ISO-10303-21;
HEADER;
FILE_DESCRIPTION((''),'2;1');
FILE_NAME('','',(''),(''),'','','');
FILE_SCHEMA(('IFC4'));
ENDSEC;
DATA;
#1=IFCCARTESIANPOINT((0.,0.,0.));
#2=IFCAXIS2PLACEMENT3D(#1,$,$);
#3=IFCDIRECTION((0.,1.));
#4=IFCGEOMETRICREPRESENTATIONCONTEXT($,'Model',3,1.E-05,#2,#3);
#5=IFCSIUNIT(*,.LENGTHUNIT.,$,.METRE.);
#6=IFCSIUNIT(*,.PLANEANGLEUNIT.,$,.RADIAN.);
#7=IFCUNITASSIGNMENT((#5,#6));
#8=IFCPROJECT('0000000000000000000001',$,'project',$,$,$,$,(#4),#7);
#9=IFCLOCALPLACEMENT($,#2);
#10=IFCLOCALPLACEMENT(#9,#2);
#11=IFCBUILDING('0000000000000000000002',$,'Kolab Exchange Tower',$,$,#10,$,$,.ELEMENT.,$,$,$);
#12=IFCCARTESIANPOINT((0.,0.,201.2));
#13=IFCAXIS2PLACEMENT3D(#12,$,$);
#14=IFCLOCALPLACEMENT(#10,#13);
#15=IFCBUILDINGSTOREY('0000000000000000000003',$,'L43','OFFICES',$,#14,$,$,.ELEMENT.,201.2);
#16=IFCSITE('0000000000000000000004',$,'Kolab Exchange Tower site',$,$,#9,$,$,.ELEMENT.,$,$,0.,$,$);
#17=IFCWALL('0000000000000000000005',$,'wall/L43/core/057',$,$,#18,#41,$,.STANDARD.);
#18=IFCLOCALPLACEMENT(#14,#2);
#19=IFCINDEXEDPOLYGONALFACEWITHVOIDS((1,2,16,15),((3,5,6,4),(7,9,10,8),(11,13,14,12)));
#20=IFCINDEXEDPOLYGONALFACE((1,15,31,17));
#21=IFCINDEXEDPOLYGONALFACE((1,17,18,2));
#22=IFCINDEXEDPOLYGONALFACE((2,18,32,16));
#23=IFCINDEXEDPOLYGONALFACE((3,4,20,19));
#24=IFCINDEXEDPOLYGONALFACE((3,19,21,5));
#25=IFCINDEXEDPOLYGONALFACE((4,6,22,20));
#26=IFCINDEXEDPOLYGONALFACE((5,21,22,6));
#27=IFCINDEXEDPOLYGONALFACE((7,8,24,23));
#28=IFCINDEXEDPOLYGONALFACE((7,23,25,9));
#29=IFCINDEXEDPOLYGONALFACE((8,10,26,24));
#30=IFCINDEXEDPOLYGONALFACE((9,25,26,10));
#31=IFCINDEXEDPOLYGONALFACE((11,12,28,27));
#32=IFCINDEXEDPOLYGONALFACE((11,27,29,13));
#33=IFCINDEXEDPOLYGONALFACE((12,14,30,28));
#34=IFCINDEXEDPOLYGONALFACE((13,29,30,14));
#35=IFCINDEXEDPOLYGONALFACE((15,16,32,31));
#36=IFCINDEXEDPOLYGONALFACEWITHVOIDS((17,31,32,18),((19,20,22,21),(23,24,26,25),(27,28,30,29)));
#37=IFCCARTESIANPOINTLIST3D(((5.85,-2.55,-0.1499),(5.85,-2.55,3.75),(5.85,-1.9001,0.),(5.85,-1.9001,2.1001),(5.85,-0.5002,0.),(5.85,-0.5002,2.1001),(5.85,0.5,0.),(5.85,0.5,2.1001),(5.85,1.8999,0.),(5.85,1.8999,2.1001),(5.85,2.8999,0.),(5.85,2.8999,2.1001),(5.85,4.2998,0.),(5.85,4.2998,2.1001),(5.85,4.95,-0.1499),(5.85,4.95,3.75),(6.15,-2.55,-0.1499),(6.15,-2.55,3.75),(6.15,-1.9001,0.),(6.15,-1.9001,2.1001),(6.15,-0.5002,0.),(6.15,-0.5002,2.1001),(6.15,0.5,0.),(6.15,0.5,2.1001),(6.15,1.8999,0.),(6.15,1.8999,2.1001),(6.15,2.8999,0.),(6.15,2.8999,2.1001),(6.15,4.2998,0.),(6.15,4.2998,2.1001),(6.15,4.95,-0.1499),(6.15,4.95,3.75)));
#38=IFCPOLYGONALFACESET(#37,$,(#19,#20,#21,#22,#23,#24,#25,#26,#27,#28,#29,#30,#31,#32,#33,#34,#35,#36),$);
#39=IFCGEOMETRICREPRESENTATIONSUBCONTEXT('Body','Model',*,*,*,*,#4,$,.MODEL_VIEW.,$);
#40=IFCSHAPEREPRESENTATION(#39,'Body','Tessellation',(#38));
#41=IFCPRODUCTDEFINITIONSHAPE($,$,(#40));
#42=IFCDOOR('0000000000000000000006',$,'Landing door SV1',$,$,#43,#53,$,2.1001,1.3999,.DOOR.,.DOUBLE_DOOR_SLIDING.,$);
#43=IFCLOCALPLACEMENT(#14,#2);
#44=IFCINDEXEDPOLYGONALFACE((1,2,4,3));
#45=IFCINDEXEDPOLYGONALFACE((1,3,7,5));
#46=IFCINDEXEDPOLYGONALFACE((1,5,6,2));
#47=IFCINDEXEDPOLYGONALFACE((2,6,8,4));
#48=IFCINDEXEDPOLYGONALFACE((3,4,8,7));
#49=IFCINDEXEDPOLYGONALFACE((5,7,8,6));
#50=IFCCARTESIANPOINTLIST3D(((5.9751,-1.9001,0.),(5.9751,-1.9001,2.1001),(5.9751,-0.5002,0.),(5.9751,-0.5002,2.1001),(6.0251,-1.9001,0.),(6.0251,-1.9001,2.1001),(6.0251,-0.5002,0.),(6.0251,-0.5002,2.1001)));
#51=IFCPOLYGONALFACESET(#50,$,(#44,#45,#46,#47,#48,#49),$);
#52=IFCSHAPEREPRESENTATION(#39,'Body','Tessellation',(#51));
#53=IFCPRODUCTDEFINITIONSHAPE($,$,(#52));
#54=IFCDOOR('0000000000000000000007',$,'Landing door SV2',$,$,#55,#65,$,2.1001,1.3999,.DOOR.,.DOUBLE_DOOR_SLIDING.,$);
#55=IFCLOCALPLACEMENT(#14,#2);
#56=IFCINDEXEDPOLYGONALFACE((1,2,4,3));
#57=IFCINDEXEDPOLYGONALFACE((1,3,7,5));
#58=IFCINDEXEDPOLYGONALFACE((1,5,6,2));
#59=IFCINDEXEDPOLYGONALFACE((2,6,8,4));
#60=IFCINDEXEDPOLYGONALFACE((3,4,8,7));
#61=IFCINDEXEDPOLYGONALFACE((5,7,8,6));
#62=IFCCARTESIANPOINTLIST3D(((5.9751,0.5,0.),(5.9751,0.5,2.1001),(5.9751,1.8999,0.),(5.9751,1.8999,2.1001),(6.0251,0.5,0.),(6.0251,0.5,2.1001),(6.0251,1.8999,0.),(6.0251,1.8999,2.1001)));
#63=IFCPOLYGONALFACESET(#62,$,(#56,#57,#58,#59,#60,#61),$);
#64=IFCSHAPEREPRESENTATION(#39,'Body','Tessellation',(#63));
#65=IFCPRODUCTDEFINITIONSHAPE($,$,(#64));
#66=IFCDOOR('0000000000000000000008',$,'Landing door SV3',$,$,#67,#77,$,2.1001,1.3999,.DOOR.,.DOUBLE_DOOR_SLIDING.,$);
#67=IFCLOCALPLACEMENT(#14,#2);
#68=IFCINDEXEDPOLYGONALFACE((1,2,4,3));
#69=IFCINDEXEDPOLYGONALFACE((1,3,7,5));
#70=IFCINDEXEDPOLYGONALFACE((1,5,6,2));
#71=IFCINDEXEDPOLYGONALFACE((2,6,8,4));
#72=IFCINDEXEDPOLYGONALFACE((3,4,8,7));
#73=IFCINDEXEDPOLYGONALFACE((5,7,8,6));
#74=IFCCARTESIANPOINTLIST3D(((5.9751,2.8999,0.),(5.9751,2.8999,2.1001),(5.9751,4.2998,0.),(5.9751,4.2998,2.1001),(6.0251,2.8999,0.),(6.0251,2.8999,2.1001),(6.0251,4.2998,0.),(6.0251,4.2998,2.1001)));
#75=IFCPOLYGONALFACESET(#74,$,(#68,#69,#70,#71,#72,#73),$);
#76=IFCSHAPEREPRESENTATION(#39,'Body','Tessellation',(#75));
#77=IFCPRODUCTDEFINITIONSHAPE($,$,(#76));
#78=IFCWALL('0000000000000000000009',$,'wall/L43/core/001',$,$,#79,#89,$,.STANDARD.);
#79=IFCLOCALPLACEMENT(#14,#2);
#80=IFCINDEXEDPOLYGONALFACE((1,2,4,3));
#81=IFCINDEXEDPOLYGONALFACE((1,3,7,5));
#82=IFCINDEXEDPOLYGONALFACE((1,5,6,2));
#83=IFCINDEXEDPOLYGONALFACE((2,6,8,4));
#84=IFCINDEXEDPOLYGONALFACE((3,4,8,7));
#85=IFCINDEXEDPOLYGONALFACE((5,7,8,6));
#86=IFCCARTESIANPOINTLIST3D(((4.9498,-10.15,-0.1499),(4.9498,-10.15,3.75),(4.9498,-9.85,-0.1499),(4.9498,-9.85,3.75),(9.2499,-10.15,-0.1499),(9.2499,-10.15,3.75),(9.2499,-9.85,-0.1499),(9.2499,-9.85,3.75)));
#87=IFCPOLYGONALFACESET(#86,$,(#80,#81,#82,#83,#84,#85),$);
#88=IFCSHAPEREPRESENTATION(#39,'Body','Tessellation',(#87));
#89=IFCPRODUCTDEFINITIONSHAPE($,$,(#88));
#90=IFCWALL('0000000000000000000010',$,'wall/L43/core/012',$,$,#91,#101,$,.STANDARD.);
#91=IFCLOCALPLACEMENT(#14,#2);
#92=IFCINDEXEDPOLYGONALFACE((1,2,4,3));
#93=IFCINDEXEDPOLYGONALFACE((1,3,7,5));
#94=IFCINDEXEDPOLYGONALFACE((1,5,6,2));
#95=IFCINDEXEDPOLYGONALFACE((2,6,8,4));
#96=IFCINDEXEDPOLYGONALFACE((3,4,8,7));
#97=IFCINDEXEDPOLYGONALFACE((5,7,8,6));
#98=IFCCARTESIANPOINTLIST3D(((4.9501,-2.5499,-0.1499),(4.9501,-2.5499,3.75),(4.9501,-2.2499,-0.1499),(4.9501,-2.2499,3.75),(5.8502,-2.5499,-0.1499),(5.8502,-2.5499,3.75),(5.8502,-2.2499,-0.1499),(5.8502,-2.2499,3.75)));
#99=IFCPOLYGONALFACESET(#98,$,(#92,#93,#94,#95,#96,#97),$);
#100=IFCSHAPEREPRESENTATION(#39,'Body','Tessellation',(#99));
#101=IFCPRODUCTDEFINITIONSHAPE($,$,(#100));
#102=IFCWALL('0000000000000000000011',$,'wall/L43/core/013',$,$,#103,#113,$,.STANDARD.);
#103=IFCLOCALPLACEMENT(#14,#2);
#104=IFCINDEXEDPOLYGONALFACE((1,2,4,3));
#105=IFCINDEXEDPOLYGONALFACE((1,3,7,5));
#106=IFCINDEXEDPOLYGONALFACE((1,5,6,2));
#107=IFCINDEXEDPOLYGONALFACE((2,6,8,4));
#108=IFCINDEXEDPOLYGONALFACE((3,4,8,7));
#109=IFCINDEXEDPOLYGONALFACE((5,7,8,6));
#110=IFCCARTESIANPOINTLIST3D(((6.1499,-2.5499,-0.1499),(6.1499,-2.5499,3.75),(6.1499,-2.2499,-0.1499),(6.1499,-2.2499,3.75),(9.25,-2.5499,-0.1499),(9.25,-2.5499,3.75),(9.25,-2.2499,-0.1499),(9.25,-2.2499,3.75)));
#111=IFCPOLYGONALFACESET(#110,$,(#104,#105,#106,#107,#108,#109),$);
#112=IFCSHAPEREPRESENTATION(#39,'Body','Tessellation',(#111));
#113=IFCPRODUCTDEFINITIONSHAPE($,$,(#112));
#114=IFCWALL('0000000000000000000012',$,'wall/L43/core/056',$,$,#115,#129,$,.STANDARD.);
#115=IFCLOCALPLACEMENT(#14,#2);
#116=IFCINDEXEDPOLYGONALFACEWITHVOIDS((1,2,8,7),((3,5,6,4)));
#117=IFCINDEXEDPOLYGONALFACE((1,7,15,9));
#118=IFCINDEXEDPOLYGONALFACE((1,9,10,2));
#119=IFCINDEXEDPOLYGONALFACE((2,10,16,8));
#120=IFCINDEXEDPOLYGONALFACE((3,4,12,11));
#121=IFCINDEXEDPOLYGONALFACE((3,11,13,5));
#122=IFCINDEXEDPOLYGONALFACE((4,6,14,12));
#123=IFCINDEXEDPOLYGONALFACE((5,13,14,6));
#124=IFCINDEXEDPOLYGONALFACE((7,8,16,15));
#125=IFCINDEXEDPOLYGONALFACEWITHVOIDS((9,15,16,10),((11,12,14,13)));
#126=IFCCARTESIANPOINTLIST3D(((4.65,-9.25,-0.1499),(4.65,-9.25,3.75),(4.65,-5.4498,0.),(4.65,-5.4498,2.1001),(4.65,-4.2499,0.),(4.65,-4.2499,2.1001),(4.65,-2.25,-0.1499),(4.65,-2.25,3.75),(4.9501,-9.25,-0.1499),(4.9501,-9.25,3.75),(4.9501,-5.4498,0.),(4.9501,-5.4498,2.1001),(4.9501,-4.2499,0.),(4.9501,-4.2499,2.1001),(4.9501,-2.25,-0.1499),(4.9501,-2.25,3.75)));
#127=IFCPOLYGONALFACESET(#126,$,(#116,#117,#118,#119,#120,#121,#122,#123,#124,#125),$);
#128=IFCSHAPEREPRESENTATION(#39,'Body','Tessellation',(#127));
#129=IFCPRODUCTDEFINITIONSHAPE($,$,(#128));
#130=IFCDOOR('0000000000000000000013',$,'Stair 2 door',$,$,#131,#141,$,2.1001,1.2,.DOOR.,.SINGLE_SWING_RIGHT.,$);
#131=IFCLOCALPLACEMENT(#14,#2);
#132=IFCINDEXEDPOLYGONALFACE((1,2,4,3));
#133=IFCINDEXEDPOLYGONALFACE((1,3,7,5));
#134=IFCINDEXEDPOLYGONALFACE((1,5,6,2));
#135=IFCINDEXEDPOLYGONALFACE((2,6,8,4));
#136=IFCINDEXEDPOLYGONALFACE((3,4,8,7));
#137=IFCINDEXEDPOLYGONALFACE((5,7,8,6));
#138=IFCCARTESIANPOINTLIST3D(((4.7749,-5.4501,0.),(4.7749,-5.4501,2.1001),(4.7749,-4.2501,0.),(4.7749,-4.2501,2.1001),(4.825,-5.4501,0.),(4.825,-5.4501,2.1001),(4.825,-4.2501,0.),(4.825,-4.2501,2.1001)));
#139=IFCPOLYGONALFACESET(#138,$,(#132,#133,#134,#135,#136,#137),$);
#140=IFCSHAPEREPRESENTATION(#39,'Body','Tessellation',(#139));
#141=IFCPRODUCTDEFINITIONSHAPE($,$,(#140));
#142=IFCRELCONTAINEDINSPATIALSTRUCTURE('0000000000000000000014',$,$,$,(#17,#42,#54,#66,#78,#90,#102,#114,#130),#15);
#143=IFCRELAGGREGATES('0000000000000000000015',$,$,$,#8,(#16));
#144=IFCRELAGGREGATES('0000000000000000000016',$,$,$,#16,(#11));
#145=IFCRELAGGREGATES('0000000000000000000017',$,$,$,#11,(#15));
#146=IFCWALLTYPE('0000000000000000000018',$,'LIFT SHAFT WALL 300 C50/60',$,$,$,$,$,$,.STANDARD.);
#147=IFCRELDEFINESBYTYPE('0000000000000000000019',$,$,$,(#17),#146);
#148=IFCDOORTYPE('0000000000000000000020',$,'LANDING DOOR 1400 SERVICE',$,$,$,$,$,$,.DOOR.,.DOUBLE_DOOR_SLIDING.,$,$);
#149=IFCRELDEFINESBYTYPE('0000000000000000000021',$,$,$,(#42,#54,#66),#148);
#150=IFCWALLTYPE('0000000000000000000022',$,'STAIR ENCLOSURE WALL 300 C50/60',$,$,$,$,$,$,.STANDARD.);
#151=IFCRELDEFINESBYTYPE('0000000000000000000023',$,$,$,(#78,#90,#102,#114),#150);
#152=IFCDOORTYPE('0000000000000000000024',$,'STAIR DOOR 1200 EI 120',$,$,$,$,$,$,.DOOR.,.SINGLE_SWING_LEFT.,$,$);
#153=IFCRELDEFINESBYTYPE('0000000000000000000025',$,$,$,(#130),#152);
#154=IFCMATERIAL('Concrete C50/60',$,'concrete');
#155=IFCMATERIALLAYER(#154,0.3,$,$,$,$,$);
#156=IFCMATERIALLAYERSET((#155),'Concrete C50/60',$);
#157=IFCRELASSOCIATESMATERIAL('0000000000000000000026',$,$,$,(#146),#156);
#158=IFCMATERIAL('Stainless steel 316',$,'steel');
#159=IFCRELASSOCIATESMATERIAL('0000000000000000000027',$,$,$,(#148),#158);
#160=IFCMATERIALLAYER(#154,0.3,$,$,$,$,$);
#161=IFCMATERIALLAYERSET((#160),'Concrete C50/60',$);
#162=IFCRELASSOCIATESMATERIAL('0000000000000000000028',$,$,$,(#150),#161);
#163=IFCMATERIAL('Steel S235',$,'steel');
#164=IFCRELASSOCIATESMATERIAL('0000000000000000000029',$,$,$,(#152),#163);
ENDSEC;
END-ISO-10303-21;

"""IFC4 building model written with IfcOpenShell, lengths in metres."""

from ifc_helpers import new_model, si_unit, direction, frame, frame_2d, origin, place, context, subcontext, project, spatial, rectangle, extrude, material, layer, layer_set, type_object, element, fill, save


model = new_model("IFC4")

# Units and contexts
model_context = context("Model", 3, precision=1e-05, world=origin(), true_north=direction((0.0, 1.0)))
body_context = subcontext(model_context, "Body", "Model", "MODEL_VIEW")
ifc_project = project(units=[si_unit("LENGTHUNIT", "METRE"), si_unit("PLANEANGLEUNIT", "RADIAN")], contexts=[model_context])

# Site, building, storey
site_placement = place(None, origin())
site = spatial("IfcSite", under=ifc_project, at=site_placement, Name="Kolab Exchange Tower site", CompositionType="ELEMENT", RefElevation=0.0)
building_placement = place(site_placement, origin())
building = spatial("IfcBuilding", under=site, at=building_placement, Name="Kolab Exchange Tower", CompositionType="ELEMENT")
storey_placement = place(building_placement, frame((0.0, 0.0, 201.2)))
storey = spatial("IfcBuildingStorey", under=building, at=storey_placement, Name="L43", Description="OFFICES", CompositionType="ELEMENT", Elevation=201.2)

# Shared definitions
ifc_material_1 = material(Name="Concrete C50/60", Category="concrete")
ifc_layer_1 = layer(ifc_material_1, 0.3)
ifc_layer_set_1 = layer_set([ifc_layer_1], Name="Concrete C50/60")
wall_type_1 = type_object("IfcWallType", Name="LIFT SHAFT WALL 300 C50/60", PredefinedType="STANDARD", material=ifc_layer_set_1)
ifc_material_2 = material(Name="Stainless steel 316", Category="steel")

# Wall, openings, doors
wall_1_placement = place(storey_placement, frame((6.0, -2.55, -0.1499), z_axis=(0.0, 0.0, 1.0), x_axis=(0.0, 1.0, 0.0)))
wall_1 = element("IfcWall", 1, at=wall_1_placement, inside=storey, type_object=wall_type_1, Name="wall/L43/core/057", PredefinedType="STANDARD", context=body_context, shape_type="SweptSolid", body=[
    extrude(rectangle(XDim=7.5, YDim=0.3, at=frame_2d((3.75, 0.0))), origin(), (0.0, 0.0, 1.0), 3.8999),
])
opening_1_placement = place(wall_1_placement, frame((0.6499, 0.0, 0.1499)))
opening_1 = element("IfcOpeningElement", 2, at=opening_1_placement, cuts=wall_1, PredefinedType="OPENING", context=body_context, shape_type="SweptSolid", body=[
    extrude(rectangle(XDim=1.3999, YDim=2.1001, at=frame_2d((0.7, 1.05))), frame((0.0, 0.1602, 0.0), z_axis=(0.0, -1.0, 0.0), x_axis=(1.0, 0.0, 0.0)), (0.0, 0.0, 1.0), 0.3201),
])
opening_2_placement = place(wall_1_placement, frame((3.05, 0.0, 0.1499)))
opening_2 = element("IfcOpeningElement", 3, at=opening_2_placement, cuts=wall_1, PredefinedType="OPENING", context=body_context, shape_type="SweptSolid", body=[
    extrude(rectangle(XDim=1.3999, YDim=2.1001, at=frame_2d((0.7, 1.05))), frame((0.0, 0.1602, 0.0), z_axis=(0.0, -1.0, 0.0), x_axis=(1.0, 0.0, 0.0)), (0.0, 0.0, 1.0), 0.3201),
])
opening_3_placement = place(wall_1_placement, frame((5.45, 0.0, 0.1499)))
opening_3 = element("IfcOpeningElement", 4, at=opening_3_placement, cuts=wall_1, PredefinedType="OPENING", context=body_context, shape_type="SweptSolid", body=[
    extrude(rectangle(XDim=1.3999, YDim=2.1001, at=frame_2d((0.7, 1.05))), frame((0.0, 0.1602, 0.0), z_axis=(0.0, -1.0, 0.0), x_axis=(1.0, 0.0, 0.0)), (0.0, 0.0, 1.0), 0.3201),
])
door_type_1 = type_object("IfcDoorType", Name="LANDING DOOR 1400 SERVICE", OperationType="DOUBLE_DOOR_SLIDING", PredefinedType="DOOR", material=ifc_material_2)
door_1_placement = place(opening_1_placement, origin())
door_1 = element("IfcDoor", 5, at=door_1_placement, inside=storey, type_object=door_type_1, Name="Landing door SV1", OperationType="DOUBLE_DOOR_SLIDING", OverallHeight=2.1001, OverallWidth=1.3999, PredefinedType="DOOR", context=body_context, shape_type="SweptSolid", body=[
    extrude(rectangle(XDim=1.3999, YDim=2.1001, at=frame_2d((0.7, 1.05))), frame((0.0, 0.0249, 0.0), z_axis=(0.0, -1.0, 0.0), x_axis=(1.0, 0.0, 0.0)), (0.0, 0.0, 1.0), 0.05),
])
fill(opening_1, door_1)
door_2_placement = place(opening_2_placement, origin())
door_2 = element("IfcDoor", 6, at=door_2_placement, inside=storey, type_object=door_type_1, Name="Landing door SV2", OperationType="DOUBLE_DOOR_SLIDING", OverallHeight=2.1001, OverallWidth=1.3999, PredefinedType="DOOR", context=body_context, shape_type="SweptSolid", body=[
    extrude(rectangle(XDim=1.3999, YDim=2.1001, at=frame_2d((0.7, 1.05))), frame((0.0, 0.0249, 0.0), z_axis=(0.0, -1.0, 0.0), x_axis=(1.0, 0.0, 0.0)), (0.0, 0.0, 1.0), 0.05),
])
fill(opening_2, door_2)
door_3_placement = place(opening_3_placement, origin())
door_3 = element("IfcDoor", 7, at=door_3_placement, inside=storey, type_object=door_type_1, Name="Landing door SV3", OperationType="DOUBLE_DOOR_SLIDING", OverallHeight=2.1001, OverallWidth=1.3999, PredefinedType="DOOR", context=body_context, shape_type="SweptSolid", body=[
    extrude(rectangle(XDim=1.3999, YDim=2.1001, at=frame_2d((0.7, 1.05))), frame((0.0, 0.0249, 0.0), z_axis=(0.0, -1.0, 0.0), x_axis=(1.0, 0.0, 0.0)), (0.0, 0.0, 1.0), 0.05),
])
fill(opening_3, door_3)

# Walls
ifc_layer_2 = layer(ifc_material_1, 0.3)
ifc_layer_set_2 = layer_set([ifc_layer_2], Name="Concrete C50/60")
wall_type_2 = type_object("IfcWallType", Name="STAIR ENCLOSURE WALL 300 C50/60", PredefinedType="STANDARD", material=ifc_layer_set_2)
wall_2_placement = place(storey_placement, frame((4.95, -10.0, -0.1499), z_axis=(0.0, 0.0, 1.0), x_axis=(1.0, 0.0, 0.0)))
element("IfcWall", 8, at=wall_2_placement, inside=storey, type_object=wall_type_2, Name="wall/L43/core/001", PredefinedType="STANDARD", context=body_context, shape_type="SweptSolid", body=[
    extrude(rectangle(XDim=4.3, YDim=0.3, at=frame_2d((2.1499, 0.0))), origin(), (0.0, 0.0, 1.0), 3.8999),
])
wall_3_placement = place(storey_placement, frame((4.95, -2.3999, -0.1499), z_axis=(0.0, 0.0, 1.0), x_axis=(1.0, 0.0, 0.0)))
element("IfcWall", 9, at=wall_3_placement, inside=storey, type_object=wall_type_2, Name="wall/L43/core/012", PredefinedType="STANDARD", context=body_context, shape_type="SweptSolid", body=[
    extrude(rectangle(XDim=0.9001, YDim=0.3, at=frame_2d((0.4502, 0.0))), origin(), (0.0, 0.0, 1.0), 3.8999),
])
wall_4_placement = place(storey_placement, frame((6.1499, -2.3999, -0.1499), z_axis=(0.0, 0.0, 1.0), x_axis=(1.0, 0.0, 0.0)))
element("IfcWall", 10, at=wall_4_placement, inside=storey, type_object=wall_type_2, Name="wall/L43/core/013", PredefinedType="STANDARD", context=body_context, shape_type="SweptSolid", body=[
    extrude(rectangle(XDim=3.1001, YDim=0.3, at=frame_2d((1.55, 0.0))), origin(), (0.0, 0.0, 1.0), 3.8999),
])

# Wall, opening, door
wall_5_placement = place(storey_placement, frame((4.8, -9.25, -0.1499), z_axis=(0.0, 0.0, 1.0), x_axis=(0.0, 1.0, 0.0)))
wall_5 = element("IfcWall", 11, at=wall_5_placement, inside=storey, type_object=wall_type_2, Name="wall/L43/core/056", PredefinedType="STANDARD", context=body_context, shape_type="SweptSolid", body=[
    extrude(rectangle(XDim=7.0, YDim=0.3, at=frame_2d((3.5, 0.0))), origin(), (0.0, 0.0, 1.0), 3.8999),
])
opening_4_placement = place(wall_5_placement, frame((3.8, 0.0, 0.1499)))
opening_4 = element("IfcOpeningElement", 12, at=opening_4_placement, cuts=wall_5, PredefinedType="OPENING", context=body_context, shape_type="SweptSolid", body=[
    extrude(rectangle(XDim=1.2, YDim=2.1001, at=frame_2d((0.6001, 1.05))), frame((0.0, 0.1602, 0.0), z_axis=(0.0, -1.0, 0.0), x_axis=(1.0, 0.0, 0.0)), (0.0, 0.0, 1.0), 0.3201),
])
ifc_material_3 = material(Name="Steel S235", Category="steel")
door_type_2 = type_object("IfcDoorType", Name="STAIR DOOR 1200 EI 120", OperationType="SINGLE_SWING_LEFT", PredefinedType="DOOR", material=ifc_material_3)
door_4_placement = place(opening_4_placement, frame((1.2, 0.0, 0.0), z_axis=(0.0, 0.0, 1.0), x_axis=(-1.0, 0.0, 0.0)))
door_4 = element("IfcDoor", 13, at=door_4_placement, inside=storey, type_object=door_type_2, Name="Stair 2 door", OperationType="SINGLE_SWING_RIGHT", OverallHeight=2.1001, OverallWidth=1.2, PredefinedType="DOOR", context=body_context, shape_type="SweptSolid", body=[
    extrude(rectangle(XDim=1.2, YDim=2.1001, at=frame_2d((0.6001, 1.05))), frame((0.0, 0.0249, 0.0), z_axis=(0.0, -1.0, 0.0), x_axis=(1.0, 0.0, 0.0)), (0.0, 0.0, 1.0), 0.05),
])
fill(opening_4, door_4)

save(model, "model.ifc")
